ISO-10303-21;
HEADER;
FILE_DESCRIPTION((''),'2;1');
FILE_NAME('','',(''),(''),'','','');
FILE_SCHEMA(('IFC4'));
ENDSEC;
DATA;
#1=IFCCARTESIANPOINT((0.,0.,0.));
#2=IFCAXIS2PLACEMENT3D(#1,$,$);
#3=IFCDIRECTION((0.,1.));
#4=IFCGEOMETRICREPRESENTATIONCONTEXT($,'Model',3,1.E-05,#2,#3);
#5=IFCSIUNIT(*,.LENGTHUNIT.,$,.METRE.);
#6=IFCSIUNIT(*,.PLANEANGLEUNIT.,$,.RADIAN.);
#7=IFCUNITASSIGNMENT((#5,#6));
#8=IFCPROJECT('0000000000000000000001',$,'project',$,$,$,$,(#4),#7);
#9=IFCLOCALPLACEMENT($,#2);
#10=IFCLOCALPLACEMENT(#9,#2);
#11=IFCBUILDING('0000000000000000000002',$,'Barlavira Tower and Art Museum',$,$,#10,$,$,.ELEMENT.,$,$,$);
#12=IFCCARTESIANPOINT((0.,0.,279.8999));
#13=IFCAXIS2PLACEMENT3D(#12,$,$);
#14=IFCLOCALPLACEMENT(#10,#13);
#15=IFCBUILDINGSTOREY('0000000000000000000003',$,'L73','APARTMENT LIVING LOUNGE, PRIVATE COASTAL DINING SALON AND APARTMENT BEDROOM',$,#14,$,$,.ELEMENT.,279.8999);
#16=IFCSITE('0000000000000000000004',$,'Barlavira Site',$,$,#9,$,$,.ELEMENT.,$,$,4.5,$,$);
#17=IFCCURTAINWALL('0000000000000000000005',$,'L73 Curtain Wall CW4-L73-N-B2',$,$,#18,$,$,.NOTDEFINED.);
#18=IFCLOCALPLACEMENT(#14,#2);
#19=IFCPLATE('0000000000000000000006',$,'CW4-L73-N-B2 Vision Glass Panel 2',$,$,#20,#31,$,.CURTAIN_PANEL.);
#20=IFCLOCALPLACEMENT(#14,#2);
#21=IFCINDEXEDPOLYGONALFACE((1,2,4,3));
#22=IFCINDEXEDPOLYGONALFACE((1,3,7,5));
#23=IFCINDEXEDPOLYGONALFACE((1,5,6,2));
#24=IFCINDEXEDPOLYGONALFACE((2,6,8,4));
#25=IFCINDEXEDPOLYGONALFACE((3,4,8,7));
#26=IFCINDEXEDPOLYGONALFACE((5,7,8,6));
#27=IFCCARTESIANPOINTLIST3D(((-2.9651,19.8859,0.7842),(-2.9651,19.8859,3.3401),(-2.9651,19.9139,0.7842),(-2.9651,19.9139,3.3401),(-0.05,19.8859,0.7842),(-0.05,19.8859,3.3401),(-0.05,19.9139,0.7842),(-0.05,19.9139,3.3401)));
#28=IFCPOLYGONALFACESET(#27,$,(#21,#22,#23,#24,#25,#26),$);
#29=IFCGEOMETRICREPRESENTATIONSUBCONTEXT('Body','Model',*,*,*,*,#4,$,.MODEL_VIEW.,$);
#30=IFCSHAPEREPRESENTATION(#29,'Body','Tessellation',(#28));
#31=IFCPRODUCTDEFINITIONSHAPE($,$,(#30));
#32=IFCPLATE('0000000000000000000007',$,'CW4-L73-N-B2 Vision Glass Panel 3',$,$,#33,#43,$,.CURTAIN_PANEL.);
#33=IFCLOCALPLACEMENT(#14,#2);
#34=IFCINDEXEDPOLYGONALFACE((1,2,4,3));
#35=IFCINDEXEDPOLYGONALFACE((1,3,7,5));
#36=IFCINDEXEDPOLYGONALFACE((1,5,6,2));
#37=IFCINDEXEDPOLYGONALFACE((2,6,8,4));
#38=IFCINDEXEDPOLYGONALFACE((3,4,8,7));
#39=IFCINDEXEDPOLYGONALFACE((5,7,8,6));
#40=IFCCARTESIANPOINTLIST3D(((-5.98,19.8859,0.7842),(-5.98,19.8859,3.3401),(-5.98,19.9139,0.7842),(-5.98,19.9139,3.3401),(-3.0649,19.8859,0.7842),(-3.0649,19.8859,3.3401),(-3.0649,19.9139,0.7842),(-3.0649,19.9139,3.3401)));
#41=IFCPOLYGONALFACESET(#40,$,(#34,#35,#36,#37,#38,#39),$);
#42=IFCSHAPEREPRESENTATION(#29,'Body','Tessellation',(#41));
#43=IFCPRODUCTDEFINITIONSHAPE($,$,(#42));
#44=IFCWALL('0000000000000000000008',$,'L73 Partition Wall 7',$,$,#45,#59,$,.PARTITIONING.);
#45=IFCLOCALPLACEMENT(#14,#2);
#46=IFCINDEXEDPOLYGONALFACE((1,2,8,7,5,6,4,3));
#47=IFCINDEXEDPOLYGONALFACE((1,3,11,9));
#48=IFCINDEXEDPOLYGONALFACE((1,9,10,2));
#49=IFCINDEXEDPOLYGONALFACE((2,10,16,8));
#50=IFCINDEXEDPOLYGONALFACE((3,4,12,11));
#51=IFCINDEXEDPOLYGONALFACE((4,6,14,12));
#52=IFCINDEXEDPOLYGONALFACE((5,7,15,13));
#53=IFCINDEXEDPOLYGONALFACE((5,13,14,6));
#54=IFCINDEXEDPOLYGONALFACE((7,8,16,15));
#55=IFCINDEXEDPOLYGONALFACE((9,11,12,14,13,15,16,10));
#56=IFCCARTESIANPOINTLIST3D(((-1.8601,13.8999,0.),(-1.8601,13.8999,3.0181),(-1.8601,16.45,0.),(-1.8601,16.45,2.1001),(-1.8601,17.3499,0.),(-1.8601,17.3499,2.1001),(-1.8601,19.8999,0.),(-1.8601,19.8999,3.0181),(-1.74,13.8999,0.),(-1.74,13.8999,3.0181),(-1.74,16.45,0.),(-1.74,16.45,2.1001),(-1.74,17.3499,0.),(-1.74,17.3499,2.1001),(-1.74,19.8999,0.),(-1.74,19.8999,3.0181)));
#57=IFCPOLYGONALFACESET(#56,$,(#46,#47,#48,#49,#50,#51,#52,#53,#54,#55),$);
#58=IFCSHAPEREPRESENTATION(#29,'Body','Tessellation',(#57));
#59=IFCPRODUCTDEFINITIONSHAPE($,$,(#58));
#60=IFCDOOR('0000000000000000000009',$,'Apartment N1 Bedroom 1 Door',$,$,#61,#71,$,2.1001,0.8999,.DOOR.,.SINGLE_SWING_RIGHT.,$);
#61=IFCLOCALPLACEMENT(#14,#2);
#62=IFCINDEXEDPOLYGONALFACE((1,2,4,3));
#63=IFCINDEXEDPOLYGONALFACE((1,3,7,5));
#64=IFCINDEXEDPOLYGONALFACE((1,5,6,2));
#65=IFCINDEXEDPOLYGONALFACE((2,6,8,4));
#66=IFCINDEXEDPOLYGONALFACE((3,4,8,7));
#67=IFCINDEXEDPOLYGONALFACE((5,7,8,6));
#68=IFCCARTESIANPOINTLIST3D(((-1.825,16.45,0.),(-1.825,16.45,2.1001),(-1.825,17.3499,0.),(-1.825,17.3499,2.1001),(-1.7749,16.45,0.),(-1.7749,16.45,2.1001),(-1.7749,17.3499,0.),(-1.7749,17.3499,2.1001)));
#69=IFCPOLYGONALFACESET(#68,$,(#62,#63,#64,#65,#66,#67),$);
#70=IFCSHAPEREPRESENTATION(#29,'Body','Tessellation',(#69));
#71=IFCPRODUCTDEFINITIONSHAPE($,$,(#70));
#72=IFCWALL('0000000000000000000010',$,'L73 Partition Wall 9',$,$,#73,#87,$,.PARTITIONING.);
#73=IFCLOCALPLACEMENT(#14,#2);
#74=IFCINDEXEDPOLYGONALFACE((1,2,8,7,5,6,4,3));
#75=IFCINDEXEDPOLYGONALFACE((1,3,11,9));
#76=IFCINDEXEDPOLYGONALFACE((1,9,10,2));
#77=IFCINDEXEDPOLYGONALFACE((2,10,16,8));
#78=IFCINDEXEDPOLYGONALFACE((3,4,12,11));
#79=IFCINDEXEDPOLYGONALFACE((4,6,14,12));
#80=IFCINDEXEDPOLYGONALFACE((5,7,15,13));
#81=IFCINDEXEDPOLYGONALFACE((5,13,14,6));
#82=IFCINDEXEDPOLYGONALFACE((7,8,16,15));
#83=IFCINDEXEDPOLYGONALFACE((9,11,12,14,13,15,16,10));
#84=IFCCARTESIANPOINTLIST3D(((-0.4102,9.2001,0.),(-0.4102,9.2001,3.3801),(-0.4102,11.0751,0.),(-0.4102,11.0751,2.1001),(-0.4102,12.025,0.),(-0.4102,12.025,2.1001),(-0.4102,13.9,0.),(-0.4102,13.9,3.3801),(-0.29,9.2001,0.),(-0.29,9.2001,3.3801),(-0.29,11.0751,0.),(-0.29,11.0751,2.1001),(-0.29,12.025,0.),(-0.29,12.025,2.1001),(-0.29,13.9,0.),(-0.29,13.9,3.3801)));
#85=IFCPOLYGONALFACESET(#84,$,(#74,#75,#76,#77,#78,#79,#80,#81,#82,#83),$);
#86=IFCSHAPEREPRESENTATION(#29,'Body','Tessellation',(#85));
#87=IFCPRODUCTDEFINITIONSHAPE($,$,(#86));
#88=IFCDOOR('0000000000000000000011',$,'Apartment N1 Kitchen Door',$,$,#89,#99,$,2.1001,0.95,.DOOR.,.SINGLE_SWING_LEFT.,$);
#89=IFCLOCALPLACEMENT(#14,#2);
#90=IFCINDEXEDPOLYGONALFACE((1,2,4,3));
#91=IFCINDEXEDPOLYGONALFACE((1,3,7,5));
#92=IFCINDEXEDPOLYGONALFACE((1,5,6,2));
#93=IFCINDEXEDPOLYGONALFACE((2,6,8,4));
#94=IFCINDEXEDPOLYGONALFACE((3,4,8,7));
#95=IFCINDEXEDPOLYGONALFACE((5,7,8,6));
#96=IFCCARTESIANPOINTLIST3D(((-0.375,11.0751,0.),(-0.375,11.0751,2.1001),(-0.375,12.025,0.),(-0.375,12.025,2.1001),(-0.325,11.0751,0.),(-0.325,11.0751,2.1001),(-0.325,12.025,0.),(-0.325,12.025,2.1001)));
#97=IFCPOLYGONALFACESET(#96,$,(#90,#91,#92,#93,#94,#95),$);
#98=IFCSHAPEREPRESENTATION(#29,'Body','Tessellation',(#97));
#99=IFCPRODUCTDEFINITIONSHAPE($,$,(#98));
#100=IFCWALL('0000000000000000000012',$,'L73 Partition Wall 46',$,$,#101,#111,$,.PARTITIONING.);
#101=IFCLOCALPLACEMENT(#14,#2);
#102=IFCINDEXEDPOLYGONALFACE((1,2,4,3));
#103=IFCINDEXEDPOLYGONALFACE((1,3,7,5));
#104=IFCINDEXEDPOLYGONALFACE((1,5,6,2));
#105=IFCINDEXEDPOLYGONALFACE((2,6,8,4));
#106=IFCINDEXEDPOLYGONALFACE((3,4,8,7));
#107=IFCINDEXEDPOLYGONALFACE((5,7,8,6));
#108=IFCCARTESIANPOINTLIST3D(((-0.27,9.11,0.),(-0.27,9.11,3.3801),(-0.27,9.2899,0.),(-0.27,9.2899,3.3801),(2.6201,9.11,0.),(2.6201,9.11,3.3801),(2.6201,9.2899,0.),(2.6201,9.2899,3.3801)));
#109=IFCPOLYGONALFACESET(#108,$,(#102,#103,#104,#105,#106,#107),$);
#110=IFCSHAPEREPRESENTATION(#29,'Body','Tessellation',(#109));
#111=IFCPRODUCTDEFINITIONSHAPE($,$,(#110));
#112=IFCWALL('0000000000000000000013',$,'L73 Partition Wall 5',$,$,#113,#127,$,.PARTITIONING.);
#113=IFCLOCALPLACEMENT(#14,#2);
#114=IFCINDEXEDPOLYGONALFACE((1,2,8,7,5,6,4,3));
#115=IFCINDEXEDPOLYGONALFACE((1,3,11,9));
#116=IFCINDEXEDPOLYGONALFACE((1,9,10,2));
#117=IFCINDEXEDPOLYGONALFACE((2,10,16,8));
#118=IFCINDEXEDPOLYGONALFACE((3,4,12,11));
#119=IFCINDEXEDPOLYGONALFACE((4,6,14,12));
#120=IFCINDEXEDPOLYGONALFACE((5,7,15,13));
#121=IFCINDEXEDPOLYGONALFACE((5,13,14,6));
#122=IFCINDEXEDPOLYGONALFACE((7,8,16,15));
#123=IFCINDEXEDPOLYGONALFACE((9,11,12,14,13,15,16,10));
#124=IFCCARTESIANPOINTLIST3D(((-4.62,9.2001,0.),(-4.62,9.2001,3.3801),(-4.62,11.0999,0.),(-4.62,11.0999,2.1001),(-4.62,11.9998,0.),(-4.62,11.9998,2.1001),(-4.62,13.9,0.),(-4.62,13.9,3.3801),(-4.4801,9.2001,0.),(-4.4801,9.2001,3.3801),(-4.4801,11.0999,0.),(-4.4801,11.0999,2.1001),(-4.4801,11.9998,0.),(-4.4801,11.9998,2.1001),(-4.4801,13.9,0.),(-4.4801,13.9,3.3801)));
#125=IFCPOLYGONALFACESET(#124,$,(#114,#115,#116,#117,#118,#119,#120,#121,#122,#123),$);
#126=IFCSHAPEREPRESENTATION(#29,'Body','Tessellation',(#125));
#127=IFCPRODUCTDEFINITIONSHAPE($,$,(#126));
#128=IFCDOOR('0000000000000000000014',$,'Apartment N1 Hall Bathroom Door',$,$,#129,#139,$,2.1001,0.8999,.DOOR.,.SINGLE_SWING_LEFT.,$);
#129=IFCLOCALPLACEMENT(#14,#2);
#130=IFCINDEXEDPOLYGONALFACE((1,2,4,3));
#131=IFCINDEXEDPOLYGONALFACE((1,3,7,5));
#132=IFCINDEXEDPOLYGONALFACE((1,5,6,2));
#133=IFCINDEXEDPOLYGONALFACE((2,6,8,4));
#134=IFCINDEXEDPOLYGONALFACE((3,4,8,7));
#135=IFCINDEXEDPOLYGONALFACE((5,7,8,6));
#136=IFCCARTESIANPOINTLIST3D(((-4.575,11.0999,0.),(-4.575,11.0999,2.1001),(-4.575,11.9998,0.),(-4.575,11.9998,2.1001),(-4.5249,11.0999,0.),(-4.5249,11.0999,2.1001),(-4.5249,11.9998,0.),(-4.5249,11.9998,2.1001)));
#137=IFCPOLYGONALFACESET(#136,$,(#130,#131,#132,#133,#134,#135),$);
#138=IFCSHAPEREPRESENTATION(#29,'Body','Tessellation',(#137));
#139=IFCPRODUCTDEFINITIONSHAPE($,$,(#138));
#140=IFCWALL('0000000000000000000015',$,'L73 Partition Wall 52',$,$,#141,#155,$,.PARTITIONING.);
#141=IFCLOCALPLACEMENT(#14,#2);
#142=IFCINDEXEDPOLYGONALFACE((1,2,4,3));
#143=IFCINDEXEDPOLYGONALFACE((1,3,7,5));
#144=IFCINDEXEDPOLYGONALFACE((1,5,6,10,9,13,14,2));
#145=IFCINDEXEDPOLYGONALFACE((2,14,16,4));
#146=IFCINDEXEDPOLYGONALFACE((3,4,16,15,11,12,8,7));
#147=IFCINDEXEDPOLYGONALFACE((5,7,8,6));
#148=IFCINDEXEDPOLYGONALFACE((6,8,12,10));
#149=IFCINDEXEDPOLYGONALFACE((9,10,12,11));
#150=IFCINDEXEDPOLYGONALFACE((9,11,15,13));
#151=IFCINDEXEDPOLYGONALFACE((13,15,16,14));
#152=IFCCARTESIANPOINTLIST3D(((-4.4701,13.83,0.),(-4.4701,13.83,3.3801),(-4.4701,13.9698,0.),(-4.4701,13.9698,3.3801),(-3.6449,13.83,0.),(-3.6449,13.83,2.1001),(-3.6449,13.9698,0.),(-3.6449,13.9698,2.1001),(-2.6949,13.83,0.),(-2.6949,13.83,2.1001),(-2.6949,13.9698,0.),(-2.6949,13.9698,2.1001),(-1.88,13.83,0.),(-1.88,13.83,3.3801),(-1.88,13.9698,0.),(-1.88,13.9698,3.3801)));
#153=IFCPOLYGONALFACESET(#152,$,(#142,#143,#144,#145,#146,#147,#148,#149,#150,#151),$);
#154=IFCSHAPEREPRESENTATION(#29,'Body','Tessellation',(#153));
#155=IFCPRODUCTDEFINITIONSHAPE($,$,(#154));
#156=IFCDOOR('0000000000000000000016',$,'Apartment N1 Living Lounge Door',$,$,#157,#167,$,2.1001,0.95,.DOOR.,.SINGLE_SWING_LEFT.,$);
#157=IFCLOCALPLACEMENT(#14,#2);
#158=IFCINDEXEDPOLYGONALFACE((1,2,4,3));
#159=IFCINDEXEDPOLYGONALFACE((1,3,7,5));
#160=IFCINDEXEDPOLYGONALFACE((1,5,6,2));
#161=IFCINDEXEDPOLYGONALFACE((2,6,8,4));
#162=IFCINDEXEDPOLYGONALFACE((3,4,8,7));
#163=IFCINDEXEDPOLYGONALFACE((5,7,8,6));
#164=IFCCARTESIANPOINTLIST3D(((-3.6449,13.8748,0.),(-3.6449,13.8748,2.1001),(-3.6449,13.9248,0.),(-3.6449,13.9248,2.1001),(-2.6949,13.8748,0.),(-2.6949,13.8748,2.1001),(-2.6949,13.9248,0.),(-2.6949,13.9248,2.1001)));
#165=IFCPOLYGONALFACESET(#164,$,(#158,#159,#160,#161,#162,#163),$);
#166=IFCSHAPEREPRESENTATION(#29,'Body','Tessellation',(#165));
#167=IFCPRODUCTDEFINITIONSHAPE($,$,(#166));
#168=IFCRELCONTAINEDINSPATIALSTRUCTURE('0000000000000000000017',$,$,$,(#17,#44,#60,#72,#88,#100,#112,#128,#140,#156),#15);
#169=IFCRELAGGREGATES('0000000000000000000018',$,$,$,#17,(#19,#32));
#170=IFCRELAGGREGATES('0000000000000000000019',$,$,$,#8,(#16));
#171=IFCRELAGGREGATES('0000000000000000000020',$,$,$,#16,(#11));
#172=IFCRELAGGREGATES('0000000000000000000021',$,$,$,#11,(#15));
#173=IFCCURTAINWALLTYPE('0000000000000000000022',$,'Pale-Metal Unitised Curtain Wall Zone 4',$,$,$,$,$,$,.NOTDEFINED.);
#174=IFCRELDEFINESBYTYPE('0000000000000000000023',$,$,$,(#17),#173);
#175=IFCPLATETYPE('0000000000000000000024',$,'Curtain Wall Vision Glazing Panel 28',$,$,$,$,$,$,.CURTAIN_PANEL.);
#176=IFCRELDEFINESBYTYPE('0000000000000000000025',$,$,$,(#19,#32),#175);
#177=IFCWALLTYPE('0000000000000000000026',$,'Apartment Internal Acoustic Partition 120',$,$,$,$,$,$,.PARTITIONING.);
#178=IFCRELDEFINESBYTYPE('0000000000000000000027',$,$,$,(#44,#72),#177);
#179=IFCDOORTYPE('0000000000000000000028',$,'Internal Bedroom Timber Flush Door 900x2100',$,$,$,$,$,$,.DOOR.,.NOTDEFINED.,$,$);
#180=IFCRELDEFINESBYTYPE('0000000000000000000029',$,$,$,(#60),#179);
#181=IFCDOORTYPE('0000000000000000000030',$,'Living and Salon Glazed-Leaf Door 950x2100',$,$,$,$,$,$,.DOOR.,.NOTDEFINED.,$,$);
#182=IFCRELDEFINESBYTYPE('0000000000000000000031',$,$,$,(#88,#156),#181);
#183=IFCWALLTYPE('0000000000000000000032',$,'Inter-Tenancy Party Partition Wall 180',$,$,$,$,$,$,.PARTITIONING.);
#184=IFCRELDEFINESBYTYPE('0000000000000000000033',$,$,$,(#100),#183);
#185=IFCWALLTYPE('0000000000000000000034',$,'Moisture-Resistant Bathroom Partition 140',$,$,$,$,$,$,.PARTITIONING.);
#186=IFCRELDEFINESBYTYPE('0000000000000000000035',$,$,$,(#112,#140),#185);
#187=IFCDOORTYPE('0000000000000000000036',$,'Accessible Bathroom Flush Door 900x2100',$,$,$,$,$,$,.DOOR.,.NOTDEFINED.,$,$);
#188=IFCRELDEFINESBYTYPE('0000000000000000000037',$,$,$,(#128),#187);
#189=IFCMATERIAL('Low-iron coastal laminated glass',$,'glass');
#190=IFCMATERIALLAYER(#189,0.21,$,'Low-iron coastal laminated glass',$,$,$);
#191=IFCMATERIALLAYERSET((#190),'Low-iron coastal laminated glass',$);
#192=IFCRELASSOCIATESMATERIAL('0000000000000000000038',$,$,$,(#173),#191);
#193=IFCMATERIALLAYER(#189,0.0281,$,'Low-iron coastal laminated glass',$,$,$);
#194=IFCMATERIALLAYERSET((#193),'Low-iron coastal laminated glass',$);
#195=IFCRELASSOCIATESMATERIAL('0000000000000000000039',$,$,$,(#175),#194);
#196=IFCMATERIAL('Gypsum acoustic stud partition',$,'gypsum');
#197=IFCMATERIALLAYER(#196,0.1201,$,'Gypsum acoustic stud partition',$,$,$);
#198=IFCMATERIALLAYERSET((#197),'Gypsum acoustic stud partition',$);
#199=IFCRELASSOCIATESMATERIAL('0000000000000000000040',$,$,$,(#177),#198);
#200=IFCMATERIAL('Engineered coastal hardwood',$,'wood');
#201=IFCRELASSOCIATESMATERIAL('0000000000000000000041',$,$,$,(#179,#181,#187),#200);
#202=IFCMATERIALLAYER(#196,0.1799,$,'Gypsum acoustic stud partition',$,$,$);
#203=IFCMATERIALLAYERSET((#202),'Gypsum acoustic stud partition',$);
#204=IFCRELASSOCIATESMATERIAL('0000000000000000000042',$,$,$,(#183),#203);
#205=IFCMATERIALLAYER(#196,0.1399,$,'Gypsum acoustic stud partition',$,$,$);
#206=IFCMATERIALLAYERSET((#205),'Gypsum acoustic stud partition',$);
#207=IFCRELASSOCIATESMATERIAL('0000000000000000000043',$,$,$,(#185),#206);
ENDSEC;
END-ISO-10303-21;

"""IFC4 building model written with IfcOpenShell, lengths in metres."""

from ifc_helpers import new_model, si_unit, direction, frame, frame_2d, origin, origin_2d, place, context, subcontext, project, spatial, rectangle, extrude, material, layer, layer_set, type_object, element, fill, aggregate, save


model = new_model("IFC4")

# Units and contexts
model_context = context("Model", 3, precision=1e-05, world=origin(), true_north=direction((0.0, 1.0)))
body_context = subcontext(model_context, "Body", "Model", "MODEL_VIEW")
ifc_project = project(units=[si_unit("LENGTHUNIT", "METRE"), si_unit("PLANEANGLEUNIT", "RADIAN")], contexts=[model_context])

# Site, building, storey
site_placement = place(None, origin())
site = spatial("IfcSite", under=ifc_project, at=site_placement, Name="Barlavira Site", CompositionType="ELEMENT", RefElevation=4.5)
building_placement = place(site_placement, origin())
building = spatial("IfcBuilding", under=site, at=building_placement, Name="Barlavira Tower and Art Museum", CompositionType="ELEMENT")
storey_placement = place(building_placement, frame((0.0, 0.0, 279.8999)))
storey = spatial("IfcBuildingStorey", under=building, at=storey_placement, Name="L73", Description="APARTMENT LIVING LOUNGE, PRIVATE COASTAL DINING SALON AND APARTMENT BEDROOM", CompositionType="ELEMENT", Elevation=279.8999)

# Curtain wall
ifc_material_1 = material(Name="Low-iron coastal laminated glass", Category="glass")
ifc_layer_1 = layer(ifc_material_1, 0.21, Name="Low-iron coastal laminated glass")
ifc_layer_set_1 = layer_set([ifc_layer_1], Name="Low-iron coastal laminated glass")
curtain_wall_type = type_object("IfcCurtainWallType", Name="Pale-Metal Unitised Curtain Wall Zone 4", PredefinedType="NOTDEFINED", material=ifc_layer_set_1)
curtain_wall_placement = place(storey_placement, origin())
curtain_wall = element("IfcCurtainWall", 1, at=curtain_wall_placement, inside=storey, type_object=curtain_wall_type, Name="L73 Curtain Wall CW4-L73-N-B2", PredefinedType="NOTDEFINED")

# Plates
ifc_layer_2 = layer(ifc_material_1, 0.0281, Name="Low-iron coastal laminated glass")
ifc_layer_set_2 = layer_set([ifc_layer_2], Name="Low-iron coastal laminated glass")
plate_type_1 = type_object("IfcPlateType", Name="Curtain Wall Vision Glazing Panel 28", PredefinedType="CURTAIN_PANEL", material=ifc_layer_set_2)
plate_1_placement = place(storey_placement, frame((-1.5076, 19.8999, 0.7842), z_axis=(0.0, 0.0, 1.0), x_axis=(-1.0, 0.0, 0.0)))
plate_1 = element("IfcPlate", 2, at=plate_1_placement, type_object=plate_type_1, Name="CW4-L73-N-B2 Vision Glass Panel 2", PredefinedType="CURTAIN_PANEL", context=body_context, shape_type="SweptSolid", body=[
    extrude(rectangle(XDim=2.915, YDim=0.0281, at=origin_2d()), origin(), (0.0, 0.0, 1.0), 2.5559),
])
plate_2_placement = place(storey_placement, frame((-4.5225, 19.8999, 0.7842), z_axis=(0.0, 0.0, 1.0), x_axis=(-1.0, 0.0, 0.0)))
plate_2 = element("IfcPlate", 3, at=plate_2_placement, type_object=plate_type_1, Name="CW4-L73-N-B2 Vision Glass Panel 3", PredefinedType="CURTAIN_PANEL", context=body_context, shape_type="SweptSolid", body=[
    extrude(rectangle(XDim=2.915, YDim=0.0281, at=origin_2d()), origin(), (0.0, 0.0, 1.0), 2.5559),
])
aggregate(curtain_wall, [plate_1, plate_2])

# Walls, openings, doors
ifc_material_2 = material(Name="Gypsum acoustic stud partition", Category="gypsum")
ifc_layer_3 = layer(ifc_material_2, 0.1201, Name="Gypsum acoustic stud partition")
ifc_layer_set_3 = layer_set([ifc_layer_3], Name="Gypsum acoustic stud partition")
wall_type_1 = type_object("IfcWallType", Name="Apartment Internal Acoustic Partition 120", PredefinedType="PARTITIONING", material=ifc_layer_set_3)
wall_1_placement = place(storey_placement, frame((-1.8, 13.8999, 0.0), z_axis=(0.0, 0.0, 1.0), x_axis=(0.0, 1.0, 0.0)))
wall_1 = element("IfcWall", 4, at=wall_1_placement, inside=storey, type_object=wall_type_1, Name="L73 Partition Wall 7", PredefinedType="PARTITIONING", context=body_context, shape_type="SweptSolid", body=[
    extrude(rectangle(XDim=6.0, YDim=0.1201, at=frame_2d((3.0, 0.0))), origin(), (0.0, 0.0, 1.0), 3.0181),
])
opening_1_placement = place(wall_1_placement, frame((2.55, 0.0, 0.0)))
opening_1 = element("IfcOpeningElement", 5, at=opening_1_placement, cuts=wall_1, PredefinedType="OPENING", context=body_context, shape_type="SweptSolid", body=[
    extrude(rectangle(XDim=0.8999, YDim=2.1001, at=frame_2d((0.45, 1.05))), frame((0.0, 0.0701, 0.0), z_axis=(0.0, -1.0, 0.0), x_axis=(1.0, 0.0, 0.0)), (0.0, 0.0, 1.0), 0.1401),
])
ifc_material_3 = material(Name="Engineered coastal hardwood", Category="wood")
door_type_1 = type_object("IfcDoorType", Name="Internal Bedroom Timber Flush Door 900x2100", OperationType="NOTDEFINED", PredefinedType="DOOR", material=ifc_material_3)
door_1_placement = place(opening_1_placement, origin())
door_1 = element("IfcDoor", 6, at=door_1_placement, inside=storey, type_object=door_type_1, Name="Apartment N1 Bedroom 1 Door", OperationType="SINGLE_SWING_RIGHT", OverallHeight=2.1001, OverallWidth=0.8999, PredefinedType="DOOR", context=body_context, shape_type="SweptSolid", body=[
    extrude(rectangle(XDim=0.8999, YDim=2.1001, at=frame_2d((0.45, 1.05))), frame((0.0, 0.0249, 0.0), z_axis=(0.0, -1.0, 0.0), x_axis=(1.0, 0.0, 0.0)), (0.0, 0.0, 1.0), 0.05),
])
fill(opening_1, door_1)
wall_2_placement = place(storey_placement, frame((-0.3501, 9.2, 0.0), z_axis=(0.0, 0.0, 1.0), x_axis=(0.0, 1.0, 0.0)))
wall_2 = element("IfcWall", 7, at=wall_2_placement, inside=storey, type_object=wall_type_1, Name="L73 Partition Wall 9", PredefinedType="PARTITIONING", context=body_context, shape_type="SweptSolid", body=[
    extrude(rectangle(XDim=4.7, YDim=0.1201, at=frame_2d((2.3501, 0.0))), origin(), (0.0, 0.0, 1.0), 3.3801),
])
opening_2_placement = place(wall_2_placement, frame((1.875, 0.0, 0.0)))
opening_2 = element("IfcOpeningElement", 8, at=opening_2_placement, cuts=wall_2, PredefinedType="OPENING", context=body_context, shape_type="SweptSolid", body=[
    extrude(rectangle(XDim=0.95, YDim=2.1001, at=frame_2d((0.4751, 1.05))), frame((0.0, 0.0701, 0.0), z_axis=(0.0, -1.0, 0.0), x_axis=(1.0, 0.0, 0.0)), (0.0, 0.0, 1.0), 0.1401),
])
door_type_2 = type_object("IfcDoorType", Name="Living and Salon Glazed-Leaf Door 950x2100", OperationType="NOTDEFINED", PredefinedType="DOOR", material=ifc_material_3)
door_2_placement = place(opening_2_placement, origin())
door_2 = element("IfcDoor", 9, at=door_2_placement, inside=storey, type_object=door_type_2, Name="Apartment N1 Kitchen Door", OperationType="SINGLE_SWING_LEFT", OverallHeight=2.1001, OverallWidth=0.95, PredefinedType="DOOR", context=body_context, shape_type="SweptSolid", body=[
    extrude(rectangle(XDim=0.95, YDim=2.1001, at=frame_2d((0.4751, 1.05))), frame((0.0, 0.0249, 0.0), z_axis=(0.0, -1.0, 0.0), x_axis=(1.0, 0.0, 0.0)), (0.0, 0.0, 1.0), 0.05),
])
fill(opening_2, door_2)
ifc_layer_4 = layer(ifc_material_2, 0.1799, Name="Gypsum acoustic stud partition")
ifc_layer_set_4 = layer_set([ifc_layer_4], Name="Gypsum acoustic stud partition")
wall_type_2 = type_object("IfcWallType", Name="Inter-Tenancy Party Partition Wall 180", PredefinedType="PARTITIONING", material=ifc_layer_set_4)

# Wall
wall_3_placement = place(storey_placement, frame((-0.27, 9.2, 0.0), z_axis=(0.0, 0.0, 1.0), x_axis=(1.0, 0.0, 0.0)))
element("IfcWall", 10, at=wall_3_placement, inside=storey, type_object=wall_type_2, Name="L73 Partition Wall 46", PredefinedType="PARTITIONING", context=body_context, shape_type="SweptSolid", body=[
    extrude(rectangle(XDim=2.8901, YDim=0.1799, at=frame_2d((1.4451, 0.0))), origin(), (0.0, 0.0, 1.0), 3.3801),
])

# Walls, openings, doors
ifc_layer_5 = layer(ifc_material_2, 0.1399, Name="Gypsum acoustic stud partition")
ifc_layer_set_5 = layer_set([ifc_layer_5], Name="Gypsum acoustic stud partition")
wall_type_3 = type_object("IfcWallType", Name="Moisture-Resistant Bathroom Partition 140", PredefinedType="PARTITIONING", material=ifc_layer_set_5)
wall_4_placement = place(storey_placement, frame((-4.55, 9.2, 0.0), z_axis=(0.0, 0.0, 1.0), x_axis=(0.0, 1.0, 0.0)))
wall_4 = element("IfcWall", 11, at=wall_4_placement, inside=storey, type_object=wall_type_3, Name="L73 Partition Wall 5", PredefinedType="PARTITIONING", context=body_context, shape_type="SweptSolid", body=[
    extrude(rectangle(XDim=4.7, YDim=0.1399, at=frame_2d((2.3501, 0.0))), origin(), (0.0, 0.0, 1.0), 3.3801),
])
opening_3_placement = place(wall_4_placement, frame((1.8999, 0.0, 0.0)))
opening_3 = element("IfcOpeningElement", 12, at=opening_3_placement, cuts=wall_4, PredefinedType="OPENING", context=body_context, shape_type="SweptSolid", body=[
    extrude(rectangle(XDim=0.8999, YDim=2.1001, at=frame_2d((0.45, 1.05))), frame((0.0, 0.0801, 0.0), z_axis=(0.0, -1.0, 0.0), x_axis=(1.0, 0.0, 0.0)), (0.0, 0.0, 1.0), 0.1599),
])
door_type_3 = type_object("IfcDoorType", Name="Accessible Bathroom Flush Door 900x2100", OperationType="NOTDEFINED", PredefinedType="DOOR", material=ifc_material_3)
door_3_placement = place(opening_3_placement, origin())
door_3 = element("IfcDoor", 13, at=door_3_placement, inside=storey, type_object=door_type_3, Name="Apartment N1 Hall Bathroom Door", OperationType="SINGLE_SWING_LEFT", OverallHeight=2.1001, OverallWidth=0.8999, PredefinedType="DOOR", context=body_context, shape_type="SweptSolid", body=[
    extrude(rectangle(XDim=0.8999, YDim=2.1001, at=frame_2d((0.45, 1.05))), frame((0.0, 0.0249, 0.0), z_axis=(0.0, -1.0, 0.0), x_axis=(1.0, 0.0, 0.0)), (0.0, 0.0, 1.0), 0.05),
])
fill(opening_3, door_3)
wall_5_placement = place(storey_placement, frame((-4.47, 13.8999, 0.0), z_axis=(0.0, 0.0, 1.0), x_axis=(1.0, 0.0, 0.0)))
wall_5 = element("IfcWall", 14, at=wall_5_placement, inside=storey, type_object=wall_type_3, Name="L73 Partition Wall 52", PredefinedType="PARTITIONING", context=body_context, shape_type="SweptSolid", body=[
    extrude(rectangle(XDim=2.5901, YDim=0.1399, at=frame_2d((1.2949, 0.0))), origin(), (0.0, 0.0, 1.0), 3.3801),
])
opening_4_placement = place(wall_5_placement, frame((0.825, 0.0, 0.0)))
opening_4 = element("IfcOpeningElement", 15, at=opening_4_placement, cuts=wall_5, PredefinedType="OPENING", context=body_context, shape_type="SweptSolid", body=[
    extrude(rectangle(XDim=0.95, YDim=2.1001, at=frame_2d((0.4751, 1.05))), frame((0.0, 0.0801, 0.0), z_axis=(0.0, -1.0, 0.0), x_axis=(1.0, 0.0, 0.0)), (0.0, 0.0, 1.0), 0.1599),
])
door_4_placement = place(opening_4_placement, origin())
door_4 = element("IfcDoor", 16, at=door_4_placement, inside=storey, type_object=door_type_2, Name="Apartment N1 Living Lounge Door", OperationType="SINGLE_SWING_LEFT", OverallHeight=2.1001, OverallWidth=0.95, PredefinedType="DOOR", context=body_context, shape_type="SweptSolid", body=[
    extrude(rectangle(XDim=0.95, YDim=2.1001, at=frame_2d((0.4751, 1.05))), frame((0.0, 0.0249, 0.0), z_axis=(0.0, -1.0, 0.0), x_axis=(1.0, 0.0, 0.0)), (0.0, 0.0, 1.0), 0.05),
])
fill(opening_4, door_4)

save(model, "model.ifc")
